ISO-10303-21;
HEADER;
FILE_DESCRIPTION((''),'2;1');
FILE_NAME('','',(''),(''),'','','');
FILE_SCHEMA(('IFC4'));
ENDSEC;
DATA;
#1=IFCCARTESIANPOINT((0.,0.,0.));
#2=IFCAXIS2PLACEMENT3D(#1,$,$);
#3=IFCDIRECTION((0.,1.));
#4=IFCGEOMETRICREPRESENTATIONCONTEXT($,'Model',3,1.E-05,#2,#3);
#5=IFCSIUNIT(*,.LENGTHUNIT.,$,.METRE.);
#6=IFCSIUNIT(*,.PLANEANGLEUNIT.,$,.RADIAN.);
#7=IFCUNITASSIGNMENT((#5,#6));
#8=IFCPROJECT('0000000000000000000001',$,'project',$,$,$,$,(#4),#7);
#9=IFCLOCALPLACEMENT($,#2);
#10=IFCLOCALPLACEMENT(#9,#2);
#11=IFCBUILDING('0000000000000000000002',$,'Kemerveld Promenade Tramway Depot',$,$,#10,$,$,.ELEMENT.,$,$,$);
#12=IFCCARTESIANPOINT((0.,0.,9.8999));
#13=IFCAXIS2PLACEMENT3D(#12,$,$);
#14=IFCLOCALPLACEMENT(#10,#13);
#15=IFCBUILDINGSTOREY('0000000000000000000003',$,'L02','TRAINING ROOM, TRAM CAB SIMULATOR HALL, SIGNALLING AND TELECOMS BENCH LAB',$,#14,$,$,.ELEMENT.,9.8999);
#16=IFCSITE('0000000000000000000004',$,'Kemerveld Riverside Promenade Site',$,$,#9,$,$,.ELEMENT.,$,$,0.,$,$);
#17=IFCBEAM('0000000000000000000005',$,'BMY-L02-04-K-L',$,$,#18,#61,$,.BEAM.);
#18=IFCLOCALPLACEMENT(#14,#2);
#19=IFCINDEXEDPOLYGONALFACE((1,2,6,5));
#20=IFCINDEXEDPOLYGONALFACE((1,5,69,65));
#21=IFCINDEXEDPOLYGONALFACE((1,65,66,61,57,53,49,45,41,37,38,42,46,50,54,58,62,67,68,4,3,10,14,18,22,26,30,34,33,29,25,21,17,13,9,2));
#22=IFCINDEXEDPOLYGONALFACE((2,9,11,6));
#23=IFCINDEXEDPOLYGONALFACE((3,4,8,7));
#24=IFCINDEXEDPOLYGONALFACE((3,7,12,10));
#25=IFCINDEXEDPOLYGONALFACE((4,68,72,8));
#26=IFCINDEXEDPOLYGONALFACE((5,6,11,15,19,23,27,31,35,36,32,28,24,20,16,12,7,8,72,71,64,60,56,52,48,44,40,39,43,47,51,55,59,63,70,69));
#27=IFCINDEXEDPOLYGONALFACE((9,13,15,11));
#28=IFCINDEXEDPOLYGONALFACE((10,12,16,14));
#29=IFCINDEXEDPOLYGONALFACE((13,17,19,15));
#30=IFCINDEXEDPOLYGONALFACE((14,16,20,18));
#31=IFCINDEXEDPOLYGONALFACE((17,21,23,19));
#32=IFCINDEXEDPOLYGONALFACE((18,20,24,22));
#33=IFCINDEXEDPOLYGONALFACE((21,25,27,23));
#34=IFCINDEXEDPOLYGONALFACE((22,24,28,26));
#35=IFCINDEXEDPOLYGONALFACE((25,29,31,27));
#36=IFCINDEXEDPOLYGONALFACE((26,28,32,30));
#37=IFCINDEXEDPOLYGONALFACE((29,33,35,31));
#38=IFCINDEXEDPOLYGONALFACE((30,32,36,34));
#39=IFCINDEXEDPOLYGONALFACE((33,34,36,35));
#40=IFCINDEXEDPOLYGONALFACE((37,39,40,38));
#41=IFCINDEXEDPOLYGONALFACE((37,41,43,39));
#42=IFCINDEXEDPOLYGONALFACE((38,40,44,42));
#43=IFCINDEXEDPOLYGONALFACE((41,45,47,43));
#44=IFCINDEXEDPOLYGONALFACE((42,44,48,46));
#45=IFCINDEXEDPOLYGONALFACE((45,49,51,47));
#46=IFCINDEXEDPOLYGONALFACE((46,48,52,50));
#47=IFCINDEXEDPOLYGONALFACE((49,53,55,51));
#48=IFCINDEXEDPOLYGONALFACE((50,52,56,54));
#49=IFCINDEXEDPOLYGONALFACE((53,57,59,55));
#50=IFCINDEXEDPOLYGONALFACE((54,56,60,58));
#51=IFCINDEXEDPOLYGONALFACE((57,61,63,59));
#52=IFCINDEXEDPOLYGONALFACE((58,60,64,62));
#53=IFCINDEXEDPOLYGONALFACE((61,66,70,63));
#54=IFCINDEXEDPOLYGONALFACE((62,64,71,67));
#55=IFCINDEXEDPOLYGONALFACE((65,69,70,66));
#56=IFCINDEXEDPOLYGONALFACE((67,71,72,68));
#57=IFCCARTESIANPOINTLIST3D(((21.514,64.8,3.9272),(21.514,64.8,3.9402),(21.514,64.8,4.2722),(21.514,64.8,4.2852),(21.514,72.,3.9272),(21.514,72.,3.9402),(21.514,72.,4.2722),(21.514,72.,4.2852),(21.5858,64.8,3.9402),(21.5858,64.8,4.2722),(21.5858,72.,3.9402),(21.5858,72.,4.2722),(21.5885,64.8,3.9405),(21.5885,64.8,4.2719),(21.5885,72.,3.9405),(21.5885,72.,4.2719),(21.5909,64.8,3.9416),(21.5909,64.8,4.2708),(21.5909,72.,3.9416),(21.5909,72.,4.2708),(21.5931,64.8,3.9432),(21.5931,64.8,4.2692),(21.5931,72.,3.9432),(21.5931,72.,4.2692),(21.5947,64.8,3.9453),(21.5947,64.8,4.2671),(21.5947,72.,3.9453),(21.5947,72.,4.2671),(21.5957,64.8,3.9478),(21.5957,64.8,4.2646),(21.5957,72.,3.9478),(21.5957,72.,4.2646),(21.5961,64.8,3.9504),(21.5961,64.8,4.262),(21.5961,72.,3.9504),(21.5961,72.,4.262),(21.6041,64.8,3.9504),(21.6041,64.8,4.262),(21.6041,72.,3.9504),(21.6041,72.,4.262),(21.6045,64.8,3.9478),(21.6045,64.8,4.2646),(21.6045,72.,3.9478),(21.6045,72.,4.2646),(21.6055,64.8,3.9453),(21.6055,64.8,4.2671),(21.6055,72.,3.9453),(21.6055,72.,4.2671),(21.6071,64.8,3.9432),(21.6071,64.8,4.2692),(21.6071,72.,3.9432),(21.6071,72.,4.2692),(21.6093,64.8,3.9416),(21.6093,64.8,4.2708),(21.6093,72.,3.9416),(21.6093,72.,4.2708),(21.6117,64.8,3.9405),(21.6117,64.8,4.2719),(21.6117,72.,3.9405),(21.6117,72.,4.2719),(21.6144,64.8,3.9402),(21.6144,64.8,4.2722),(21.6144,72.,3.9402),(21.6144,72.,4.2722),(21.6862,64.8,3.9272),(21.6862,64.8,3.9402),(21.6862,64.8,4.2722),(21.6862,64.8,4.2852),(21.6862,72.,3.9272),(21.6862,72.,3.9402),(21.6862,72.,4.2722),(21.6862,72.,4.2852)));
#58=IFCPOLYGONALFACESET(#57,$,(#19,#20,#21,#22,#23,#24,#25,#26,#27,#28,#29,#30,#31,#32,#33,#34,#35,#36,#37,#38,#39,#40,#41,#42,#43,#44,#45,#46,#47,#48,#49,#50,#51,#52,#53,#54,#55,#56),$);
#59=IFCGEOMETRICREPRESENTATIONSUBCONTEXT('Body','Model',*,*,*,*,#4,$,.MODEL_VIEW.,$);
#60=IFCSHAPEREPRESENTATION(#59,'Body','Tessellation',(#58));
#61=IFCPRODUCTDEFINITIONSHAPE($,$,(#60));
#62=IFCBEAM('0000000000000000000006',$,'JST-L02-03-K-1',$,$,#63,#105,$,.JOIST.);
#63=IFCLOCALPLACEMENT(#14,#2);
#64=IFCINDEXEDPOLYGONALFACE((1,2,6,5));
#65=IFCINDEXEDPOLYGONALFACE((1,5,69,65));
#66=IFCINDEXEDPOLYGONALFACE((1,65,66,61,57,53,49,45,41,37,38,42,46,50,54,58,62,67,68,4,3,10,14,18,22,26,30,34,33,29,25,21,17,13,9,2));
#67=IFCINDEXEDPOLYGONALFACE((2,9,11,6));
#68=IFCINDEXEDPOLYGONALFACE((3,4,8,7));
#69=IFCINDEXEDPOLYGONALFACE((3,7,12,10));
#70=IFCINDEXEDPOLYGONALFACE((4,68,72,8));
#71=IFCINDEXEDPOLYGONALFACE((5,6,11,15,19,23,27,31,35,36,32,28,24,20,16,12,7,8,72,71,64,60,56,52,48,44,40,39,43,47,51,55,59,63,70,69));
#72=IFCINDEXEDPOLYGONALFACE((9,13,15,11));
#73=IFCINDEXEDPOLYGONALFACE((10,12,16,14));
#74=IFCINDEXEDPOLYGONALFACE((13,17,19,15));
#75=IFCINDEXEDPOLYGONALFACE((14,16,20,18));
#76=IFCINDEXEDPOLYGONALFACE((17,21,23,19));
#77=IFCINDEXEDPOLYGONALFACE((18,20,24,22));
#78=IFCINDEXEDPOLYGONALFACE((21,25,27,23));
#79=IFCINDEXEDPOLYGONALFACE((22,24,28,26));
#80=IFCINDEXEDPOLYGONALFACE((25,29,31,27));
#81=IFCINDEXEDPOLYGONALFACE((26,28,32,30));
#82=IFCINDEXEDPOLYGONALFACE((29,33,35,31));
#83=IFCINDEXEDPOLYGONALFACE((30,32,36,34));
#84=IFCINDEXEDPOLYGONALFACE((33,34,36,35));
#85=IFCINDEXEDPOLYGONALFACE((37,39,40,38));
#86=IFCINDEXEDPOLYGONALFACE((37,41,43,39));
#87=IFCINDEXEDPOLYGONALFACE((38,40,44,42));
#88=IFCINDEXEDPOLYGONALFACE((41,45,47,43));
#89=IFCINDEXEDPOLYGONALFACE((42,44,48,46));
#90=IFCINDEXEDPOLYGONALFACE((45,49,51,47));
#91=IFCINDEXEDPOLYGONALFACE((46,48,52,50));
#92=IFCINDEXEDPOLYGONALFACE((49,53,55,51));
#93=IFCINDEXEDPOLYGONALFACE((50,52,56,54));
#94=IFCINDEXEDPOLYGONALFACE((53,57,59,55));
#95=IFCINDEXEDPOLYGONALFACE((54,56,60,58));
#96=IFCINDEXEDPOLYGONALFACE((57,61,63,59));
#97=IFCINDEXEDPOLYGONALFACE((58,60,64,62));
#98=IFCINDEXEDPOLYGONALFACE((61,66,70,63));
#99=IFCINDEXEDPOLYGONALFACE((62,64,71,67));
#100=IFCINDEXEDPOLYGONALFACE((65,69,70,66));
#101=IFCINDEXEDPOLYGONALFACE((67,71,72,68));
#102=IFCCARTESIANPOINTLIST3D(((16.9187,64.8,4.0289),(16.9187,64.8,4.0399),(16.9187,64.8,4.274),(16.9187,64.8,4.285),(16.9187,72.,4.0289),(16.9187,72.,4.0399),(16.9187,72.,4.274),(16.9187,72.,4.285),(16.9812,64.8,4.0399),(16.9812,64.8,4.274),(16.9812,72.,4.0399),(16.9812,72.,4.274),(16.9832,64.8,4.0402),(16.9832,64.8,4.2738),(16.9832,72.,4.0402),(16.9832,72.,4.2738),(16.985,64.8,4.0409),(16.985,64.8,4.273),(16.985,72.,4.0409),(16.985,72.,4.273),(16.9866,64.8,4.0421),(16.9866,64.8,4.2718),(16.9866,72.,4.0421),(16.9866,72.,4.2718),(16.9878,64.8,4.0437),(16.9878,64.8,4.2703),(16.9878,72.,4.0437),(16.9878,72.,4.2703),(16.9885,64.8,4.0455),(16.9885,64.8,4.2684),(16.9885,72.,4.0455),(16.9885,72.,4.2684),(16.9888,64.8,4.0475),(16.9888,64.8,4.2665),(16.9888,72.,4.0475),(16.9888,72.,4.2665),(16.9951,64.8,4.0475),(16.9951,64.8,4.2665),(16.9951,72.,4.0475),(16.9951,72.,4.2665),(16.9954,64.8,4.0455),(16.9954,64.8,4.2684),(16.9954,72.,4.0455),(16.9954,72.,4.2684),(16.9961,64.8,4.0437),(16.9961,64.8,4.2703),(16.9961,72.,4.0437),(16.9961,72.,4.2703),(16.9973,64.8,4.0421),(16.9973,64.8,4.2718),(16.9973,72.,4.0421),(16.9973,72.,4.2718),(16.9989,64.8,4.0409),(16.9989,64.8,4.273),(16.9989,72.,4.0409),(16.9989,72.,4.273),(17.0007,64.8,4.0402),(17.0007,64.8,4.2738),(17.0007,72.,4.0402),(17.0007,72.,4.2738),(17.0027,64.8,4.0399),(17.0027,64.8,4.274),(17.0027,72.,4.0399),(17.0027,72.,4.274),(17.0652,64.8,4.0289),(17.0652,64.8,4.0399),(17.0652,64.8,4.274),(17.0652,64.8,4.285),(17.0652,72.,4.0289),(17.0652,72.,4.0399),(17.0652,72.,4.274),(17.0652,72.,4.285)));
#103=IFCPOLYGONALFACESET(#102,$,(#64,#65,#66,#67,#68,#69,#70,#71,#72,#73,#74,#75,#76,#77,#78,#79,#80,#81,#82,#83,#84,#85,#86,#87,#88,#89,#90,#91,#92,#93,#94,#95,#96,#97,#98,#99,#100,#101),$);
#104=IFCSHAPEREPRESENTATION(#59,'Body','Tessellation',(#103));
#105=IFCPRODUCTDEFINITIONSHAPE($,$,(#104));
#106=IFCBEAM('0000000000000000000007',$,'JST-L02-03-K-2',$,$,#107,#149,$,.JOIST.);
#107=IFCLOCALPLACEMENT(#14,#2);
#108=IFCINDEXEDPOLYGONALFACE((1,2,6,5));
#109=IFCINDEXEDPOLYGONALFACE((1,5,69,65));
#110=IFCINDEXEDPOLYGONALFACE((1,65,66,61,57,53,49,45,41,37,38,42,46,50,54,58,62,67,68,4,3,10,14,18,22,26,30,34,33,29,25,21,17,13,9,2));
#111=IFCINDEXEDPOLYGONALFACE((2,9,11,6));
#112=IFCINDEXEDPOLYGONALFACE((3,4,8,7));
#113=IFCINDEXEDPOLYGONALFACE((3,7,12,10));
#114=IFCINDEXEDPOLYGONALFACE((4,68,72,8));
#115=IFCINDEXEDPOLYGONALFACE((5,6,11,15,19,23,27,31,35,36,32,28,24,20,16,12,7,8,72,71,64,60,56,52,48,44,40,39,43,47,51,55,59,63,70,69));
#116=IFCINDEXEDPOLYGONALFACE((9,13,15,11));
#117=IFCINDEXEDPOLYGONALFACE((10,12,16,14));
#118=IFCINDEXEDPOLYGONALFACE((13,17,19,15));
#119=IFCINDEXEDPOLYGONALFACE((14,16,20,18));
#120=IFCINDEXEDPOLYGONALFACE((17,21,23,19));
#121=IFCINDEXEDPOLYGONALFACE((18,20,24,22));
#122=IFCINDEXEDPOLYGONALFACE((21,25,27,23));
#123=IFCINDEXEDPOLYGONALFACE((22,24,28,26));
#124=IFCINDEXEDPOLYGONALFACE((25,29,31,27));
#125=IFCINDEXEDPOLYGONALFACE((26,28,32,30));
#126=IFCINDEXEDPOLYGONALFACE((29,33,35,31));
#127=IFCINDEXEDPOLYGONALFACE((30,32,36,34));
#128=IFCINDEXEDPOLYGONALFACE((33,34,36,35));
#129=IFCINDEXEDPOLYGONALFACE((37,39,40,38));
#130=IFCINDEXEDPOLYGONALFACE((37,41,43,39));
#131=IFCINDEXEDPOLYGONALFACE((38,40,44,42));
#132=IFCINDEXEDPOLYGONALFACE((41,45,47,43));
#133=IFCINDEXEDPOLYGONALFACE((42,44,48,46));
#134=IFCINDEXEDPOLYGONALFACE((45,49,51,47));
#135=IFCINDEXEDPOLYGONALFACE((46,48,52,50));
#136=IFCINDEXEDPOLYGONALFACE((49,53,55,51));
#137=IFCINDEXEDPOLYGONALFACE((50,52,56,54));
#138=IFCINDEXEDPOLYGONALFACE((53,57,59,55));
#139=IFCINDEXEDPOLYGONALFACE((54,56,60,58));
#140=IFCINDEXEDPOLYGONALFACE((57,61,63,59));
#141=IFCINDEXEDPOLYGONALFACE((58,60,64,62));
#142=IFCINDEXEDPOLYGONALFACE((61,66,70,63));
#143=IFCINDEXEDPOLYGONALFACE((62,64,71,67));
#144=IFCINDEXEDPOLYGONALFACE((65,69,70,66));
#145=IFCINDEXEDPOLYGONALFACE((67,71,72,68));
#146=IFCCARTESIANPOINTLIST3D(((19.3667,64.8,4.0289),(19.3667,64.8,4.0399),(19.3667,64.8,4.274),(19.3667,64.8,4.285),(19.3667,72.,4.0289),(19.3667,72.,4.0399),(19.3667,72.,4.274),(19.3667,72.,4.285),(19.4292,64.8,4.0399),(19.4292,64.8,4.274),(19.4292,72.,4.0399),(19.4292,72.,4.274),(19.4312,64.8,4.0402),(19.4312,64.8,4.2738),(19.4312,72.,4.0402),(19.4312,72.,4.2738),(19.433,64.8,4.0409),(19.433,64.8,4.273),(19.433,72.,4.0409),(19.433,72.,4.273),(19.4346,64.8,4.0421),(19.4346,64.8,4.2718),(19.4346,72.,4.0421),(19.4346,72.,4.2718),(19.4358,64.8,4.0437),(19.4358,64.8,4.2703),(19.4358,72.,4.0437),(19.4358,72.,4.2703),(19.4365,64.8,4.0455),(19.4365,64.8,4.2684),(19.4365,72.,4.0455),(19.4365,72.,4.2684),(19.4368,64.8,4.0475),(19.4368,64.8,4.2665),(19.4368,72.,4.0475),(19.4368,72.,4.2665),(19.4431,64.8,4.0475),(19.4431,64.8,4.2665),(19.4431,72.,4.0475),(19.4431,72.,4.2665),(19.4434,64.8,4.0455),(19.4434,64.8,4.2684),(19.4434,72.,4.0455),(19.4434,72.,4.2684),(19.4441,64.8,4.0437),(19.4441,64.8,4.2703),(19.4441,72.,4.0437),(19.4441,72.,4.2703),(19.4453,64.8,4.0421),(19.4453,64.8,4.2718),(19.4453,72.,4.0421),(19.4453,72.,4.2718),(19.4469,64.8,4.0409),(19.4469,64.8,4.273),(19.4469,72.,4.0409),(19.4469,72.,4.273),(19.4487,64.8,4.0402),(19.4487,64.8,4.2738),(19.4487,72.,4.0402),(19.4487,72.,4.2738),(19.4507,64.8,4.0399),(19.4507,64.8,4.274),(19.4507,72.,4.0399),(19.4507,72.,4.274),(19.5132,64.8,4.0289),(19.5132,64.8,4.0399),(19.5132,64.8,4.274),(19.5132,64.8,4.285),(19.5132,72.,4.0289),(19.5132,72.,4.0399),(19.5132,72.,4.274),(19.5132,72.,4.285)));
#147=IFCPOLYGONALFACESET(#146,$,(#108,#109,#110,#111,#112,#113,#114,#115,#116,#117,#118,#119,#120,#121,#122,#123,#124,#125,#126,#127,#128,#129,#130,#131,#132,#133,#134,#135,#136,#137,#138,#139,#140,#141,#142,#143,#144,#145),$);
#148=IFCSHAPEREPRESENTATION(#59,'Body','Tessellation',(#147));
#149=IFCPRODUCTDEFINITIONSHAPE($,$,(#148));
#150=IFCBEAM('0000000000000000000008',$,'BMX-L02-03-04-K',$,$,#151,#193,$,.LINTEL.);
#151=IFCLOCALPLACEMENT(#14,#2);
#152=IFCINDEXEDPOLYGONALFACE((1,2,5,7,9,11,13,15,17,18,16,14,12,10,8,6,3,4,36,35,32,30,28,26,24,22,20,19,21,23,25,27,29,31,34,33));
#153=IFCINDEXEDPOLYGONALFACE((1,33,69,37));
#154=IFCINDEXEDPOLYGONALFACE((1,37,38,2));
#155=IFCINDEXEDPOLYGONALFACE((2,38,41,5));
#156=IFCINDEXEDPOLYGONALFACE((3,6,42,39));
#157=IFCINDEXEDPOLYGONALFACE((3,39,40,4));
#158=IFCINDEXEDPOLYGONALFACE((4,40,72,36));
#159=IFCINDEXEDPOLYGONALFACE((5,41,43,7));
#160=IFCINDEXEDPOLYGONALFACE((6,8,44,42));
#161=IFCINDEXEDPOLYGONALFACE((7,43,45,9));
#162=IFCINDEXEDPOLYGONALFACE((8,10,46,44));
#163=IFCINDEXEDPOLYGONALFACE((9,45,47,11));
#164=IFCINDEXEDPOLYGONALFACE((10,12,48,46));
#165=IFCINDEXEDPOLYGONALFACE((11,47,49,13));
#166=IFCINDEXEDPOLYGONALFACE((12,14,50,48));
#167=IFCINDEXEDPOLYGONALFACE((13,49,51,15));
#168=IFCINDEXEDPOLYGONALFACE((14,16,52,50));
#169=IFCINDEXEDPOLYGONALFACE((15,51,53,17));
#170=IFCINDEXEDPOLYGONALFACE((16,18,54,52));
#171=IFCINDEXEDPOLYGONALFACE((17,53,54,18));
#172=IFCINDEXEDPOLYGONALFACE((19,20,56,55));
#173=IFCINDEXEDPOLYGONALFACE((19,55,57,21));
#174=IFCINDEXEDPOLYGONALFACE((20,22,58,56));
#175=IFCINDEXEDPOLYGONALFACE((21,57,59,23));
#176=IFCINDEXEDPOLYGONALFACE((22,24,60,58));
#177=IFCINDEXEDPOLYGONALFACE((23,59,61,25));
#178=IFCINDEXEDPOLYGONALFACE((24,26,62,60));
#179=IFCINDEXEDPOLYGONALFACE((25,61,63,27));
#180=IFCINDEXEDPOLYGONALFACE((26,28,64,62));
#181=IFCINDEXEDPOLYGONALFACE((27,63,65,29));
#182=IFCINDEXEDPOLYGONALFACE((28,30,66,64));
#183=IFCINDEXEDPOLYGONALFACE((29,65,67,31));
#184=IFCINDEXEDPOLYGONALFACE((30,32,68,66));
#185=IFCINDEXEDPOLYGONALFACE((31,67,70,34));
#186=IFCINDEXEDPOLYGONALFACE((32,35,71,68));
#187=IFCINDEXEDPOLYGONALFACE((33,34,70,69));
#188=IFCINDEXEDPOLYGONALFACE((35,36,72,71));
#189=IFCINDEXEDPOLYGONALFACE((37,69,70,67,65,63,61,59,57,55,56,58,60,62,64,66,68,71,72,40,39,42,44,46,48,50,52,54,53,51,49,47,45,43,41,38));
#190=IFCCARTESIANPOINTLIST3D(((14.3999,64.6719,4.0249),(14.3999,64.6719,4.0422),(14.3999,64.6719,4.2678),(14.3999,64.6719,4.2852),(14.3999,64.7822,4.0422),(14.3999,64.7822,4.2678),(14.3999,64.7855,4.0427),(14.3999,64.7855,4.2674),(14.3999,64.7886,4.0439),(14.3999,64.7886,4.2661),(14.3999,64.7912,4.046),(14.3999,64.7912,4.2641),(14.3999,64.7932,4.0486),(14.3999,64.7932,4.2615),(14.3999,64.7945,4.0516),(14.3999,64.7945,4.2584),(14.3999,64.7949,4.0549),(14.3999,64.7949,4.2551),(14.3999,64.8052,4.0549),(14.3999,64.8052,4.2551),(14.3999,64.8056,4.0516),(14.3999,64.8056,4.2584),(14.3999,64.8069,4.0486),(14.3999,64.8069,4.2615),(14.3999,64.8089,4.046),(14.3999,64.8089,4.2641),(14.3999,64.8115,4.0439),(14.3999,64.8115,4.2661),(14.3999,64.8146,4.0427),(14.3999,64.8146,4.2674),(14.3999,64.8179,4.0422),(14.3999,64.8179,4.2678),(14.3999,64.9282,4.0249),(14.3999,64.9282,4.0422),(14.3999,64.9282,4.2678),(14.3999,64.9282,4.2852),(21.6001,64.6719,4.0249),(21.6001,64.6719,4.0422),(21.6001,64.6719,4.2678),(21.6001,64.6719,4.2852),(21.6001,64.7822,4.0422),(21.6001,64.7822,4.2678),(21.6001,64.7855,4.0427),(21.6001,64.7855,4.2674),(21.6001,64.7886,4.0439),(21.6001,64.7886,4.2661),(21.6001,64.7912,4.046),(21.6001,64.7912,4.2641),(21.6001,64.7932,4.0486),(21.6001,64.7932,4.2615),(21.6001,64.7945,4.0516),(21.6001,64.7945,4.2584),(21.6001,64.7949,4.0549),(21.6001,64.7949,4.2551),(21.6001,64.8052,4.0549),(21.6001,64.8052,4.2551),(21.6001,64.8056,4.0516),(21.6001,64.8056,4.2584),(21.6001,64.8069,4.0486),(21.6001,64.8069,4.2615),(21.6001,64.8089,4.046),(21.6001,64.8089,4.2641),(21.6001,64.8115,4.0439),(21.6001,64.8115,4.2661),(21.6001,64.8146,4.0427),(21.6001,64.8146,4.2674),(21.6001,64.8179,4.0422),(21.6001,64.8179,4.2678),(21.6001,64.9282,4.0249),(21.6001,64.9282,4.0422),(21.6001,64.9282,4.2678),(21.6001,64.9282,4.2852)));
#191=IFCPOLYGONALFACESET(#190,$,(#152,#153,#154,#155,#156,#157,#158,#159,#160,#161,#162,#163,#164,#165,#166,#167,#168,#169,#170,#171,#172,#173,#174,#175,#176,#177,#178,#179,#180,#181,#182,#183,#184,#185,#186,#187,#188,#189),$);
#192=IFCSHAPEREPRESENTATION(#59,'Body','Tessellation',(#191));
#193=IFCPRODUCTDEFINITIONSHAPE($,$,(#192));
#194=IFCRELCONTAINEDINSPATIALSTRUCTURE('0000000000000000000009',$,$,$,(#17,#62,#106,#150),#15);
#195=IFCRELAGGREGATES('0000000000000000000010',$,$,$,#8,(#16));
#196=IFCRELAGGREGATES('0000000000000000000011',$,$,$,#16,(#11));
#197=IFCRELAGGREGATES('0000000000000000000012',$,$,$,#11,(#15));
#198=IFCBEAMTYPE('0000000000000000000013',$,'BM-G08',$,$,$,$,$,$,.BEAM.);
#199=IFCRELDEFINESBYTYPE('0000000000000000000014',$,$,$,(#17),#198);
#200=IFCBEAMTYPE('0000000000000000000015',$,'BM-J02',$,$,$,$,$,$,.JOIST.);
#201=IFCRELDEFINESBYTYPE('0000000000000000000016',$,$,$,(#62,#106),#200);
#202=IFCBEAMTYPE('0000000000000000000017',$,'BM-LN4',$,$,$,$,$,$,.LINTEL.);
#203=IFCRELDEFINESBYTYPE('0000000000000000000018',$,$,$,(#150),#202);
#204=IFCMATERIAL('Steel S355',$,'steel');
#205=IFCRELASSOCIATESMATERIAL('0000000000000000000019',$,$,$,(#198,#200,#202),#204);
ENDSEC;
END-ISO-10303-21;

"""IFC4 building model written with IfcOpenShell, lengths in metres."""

from ifc_helpers import new_model, si_unit, direction, frame, origin, origin_2d, place, context, subcontext, project, spatial, i_section, extrude, material, material_profile, profile_set, type_object, element, save


model = new_model("IFC4")

# Units and contexts
model_context = context("Model", 3, precision=1e-05, world=origin(), true_north=direction((0.0, 1.0)))
body_context = subcontext(model_context, "Body", "Model", "MODEL_VIEW")
ifc_project = project(units=[si_unit("LENGTHUNIT", "METRE"), si_unit("PLANEANGLEUNIT", "RADIAN")], contexts=[model_context])

# Site, building, storey
site_placement = place(None, origin())
site = spatial("IfcSite", under=ifc_project, at=site_placement, Name="Kemerveld Riverside Promenade Site", CompositionType="ELEMENT", RefElevation=0.0)
building_placement = place(site_placement, origin())
building = spatial("IfcBuilding", under=site, at=building_placement, Name="Kemerveld Promenade Tramway Depot", CompositionType="ELEMENT")
storey_placement = place(building_placement, frame((0.0, 0.0, 9.8999)))
storey = spatial("IfcBuildingStorey", under=building, at=storey_placement, Name="L02", Description="TRAINING ROOM, TRAM CAB SIMULATOR HALL, SIGNALLING AND TELECOMS BENCH LAB", CompositionType="ELEMENT", Elevation=9.8999)

# Shared definitions
ifc_material_1 = material(Name="Steel S355", Category="steel")

# Beams
ifc_material_profile_1 = material_profile(ifc_material_1, i_section(OverallWidth=0.1721, OverallDepth=0.3579, WebThickness=0.0081, FlangeThickness=0.0129, FilletRadius=0.0103, at=origin_2d()), Name="356x171x57 UB")
ifc_profile_set_1 = profile_set([ifc_material_profile_1], Name="Steel S355")
beam_type_1 = type_object("IfcBeamType", Name="BM-G08", PredefinedType="BEAM", material=ifc_profile_set_1)
for number, where, z_axis, x_axis, name in (
    (1, (21.6001, 64.8, 4.1062), (0.0, 1.0, 0.0), (-1.0, 0.0, 0.0), "BMY-L02-04-K-L"),
):
    element("IfcBeam", number, at=place(storey_placement, frame(where, z_axis=z_axis, x_axis=x_axis)), inside=storey, type_object=beam_type_1, Name=name, PredefinedType="BEAM", context=body_context, shape_type="SweptSolid", body=[
        extrude(i_section(OverallWidth=0.1721, OverallDepth=0.3579, WebThickness=0.0081, FlangeThickness=0.0129, FilletRadius=0.0103, at=origin_2d()), origin(), (0.0, 0.0, 1.0), 7.2),
    ])
ifc_material_profile_2 = material_profile(ifc_material_1, i_section(OverallWidth=0.1465, OverallDepth=0.2561, WebThickness=0.0063, FlangeThickness=0.011, FilletRadius=0.0076, at=origin_2d()), Name="254x146x37 UB")
ifc_profile_set_2 = profile_set([ifc_material_profile_2], Name="Steel S355")
beam_type_2 = type_object("IfcBeamType", Name="BM-J02", PredefinedType="JOIST", material=ifc_profile_set_2)
for number, where, z_axis, x_axis, name in (
    (2, (16.9919, 64.8, 4.157), (0.0, 1.0, 0.0), (-1.0, 0.0, 0.0), "JST-L02-03-K-1"),
    (3, (19.4399, 64.8, 4.157), (0.0, 1.0, 0.0), (-1.0, 0.0, 0.0), "JST-L02-03-K-2"),
):
    element("IfcBeam", number, at=place(storey_placement, frame(where, z_axis=z_axis, x_axis=x_axis)), inside=storey, type_object=beam_type_2, Name=name, PredefinedType="JOIST", context=body_context, shape_type="SweptSolid", body=[
        extrude(i_section(OverallWidth=0.1465, OverallDepth=0.2561, WebThickness=0.0063, FlangeThickness=0.011, FilletRadius=0.0076, at=origin_2d()), origin(), (0.0, 0.0, 1.0), 7.2),
    ])
ifc_material_profile_3 = material_profile(ifc_material_1, i_section(OverallWidth=0.2563, OverallDepth=0.2603, WebThickness=0.0103, FlangeThickness=0.0173, FilletRadius=0.0127, at=origin_2d()), Name="254x254x89 UC")
ifc_profile_set_3 = profile_set([ifc_material_profile_3], Name="Steel S355")
beam_type_3 = type_object("IfcBeamType", Name="BM-LN4", PredefinedType="LINTEL", material=ifc_profile_set_3)
beam_1_placement = place(storey_placement, frame((14.3999, 64.8, 4.155), z_axis=(1.0, 0.0, 0.0), x_axis=(0.0, 1.0, 0.0)))
element("IfcBeam", 4, at=beam_1_placement, inside=storey, type_object=beam_type_3, Name="BMX-L02-03-04-K", PredefinedType="LINTEL", context=body_context, shape_type="SweptSolid", body=[
    extrude(i_section(OverallWidth=0.2563, OverallDepth=0.2603, WebThickness=0.0103, FlangeThickness=0.0173, FilletRadius=0.0127, at=origin_2d()), origin(), (0.0, 0.0, 1.0), 7.2002),
])

save(model, "model.ifc")
